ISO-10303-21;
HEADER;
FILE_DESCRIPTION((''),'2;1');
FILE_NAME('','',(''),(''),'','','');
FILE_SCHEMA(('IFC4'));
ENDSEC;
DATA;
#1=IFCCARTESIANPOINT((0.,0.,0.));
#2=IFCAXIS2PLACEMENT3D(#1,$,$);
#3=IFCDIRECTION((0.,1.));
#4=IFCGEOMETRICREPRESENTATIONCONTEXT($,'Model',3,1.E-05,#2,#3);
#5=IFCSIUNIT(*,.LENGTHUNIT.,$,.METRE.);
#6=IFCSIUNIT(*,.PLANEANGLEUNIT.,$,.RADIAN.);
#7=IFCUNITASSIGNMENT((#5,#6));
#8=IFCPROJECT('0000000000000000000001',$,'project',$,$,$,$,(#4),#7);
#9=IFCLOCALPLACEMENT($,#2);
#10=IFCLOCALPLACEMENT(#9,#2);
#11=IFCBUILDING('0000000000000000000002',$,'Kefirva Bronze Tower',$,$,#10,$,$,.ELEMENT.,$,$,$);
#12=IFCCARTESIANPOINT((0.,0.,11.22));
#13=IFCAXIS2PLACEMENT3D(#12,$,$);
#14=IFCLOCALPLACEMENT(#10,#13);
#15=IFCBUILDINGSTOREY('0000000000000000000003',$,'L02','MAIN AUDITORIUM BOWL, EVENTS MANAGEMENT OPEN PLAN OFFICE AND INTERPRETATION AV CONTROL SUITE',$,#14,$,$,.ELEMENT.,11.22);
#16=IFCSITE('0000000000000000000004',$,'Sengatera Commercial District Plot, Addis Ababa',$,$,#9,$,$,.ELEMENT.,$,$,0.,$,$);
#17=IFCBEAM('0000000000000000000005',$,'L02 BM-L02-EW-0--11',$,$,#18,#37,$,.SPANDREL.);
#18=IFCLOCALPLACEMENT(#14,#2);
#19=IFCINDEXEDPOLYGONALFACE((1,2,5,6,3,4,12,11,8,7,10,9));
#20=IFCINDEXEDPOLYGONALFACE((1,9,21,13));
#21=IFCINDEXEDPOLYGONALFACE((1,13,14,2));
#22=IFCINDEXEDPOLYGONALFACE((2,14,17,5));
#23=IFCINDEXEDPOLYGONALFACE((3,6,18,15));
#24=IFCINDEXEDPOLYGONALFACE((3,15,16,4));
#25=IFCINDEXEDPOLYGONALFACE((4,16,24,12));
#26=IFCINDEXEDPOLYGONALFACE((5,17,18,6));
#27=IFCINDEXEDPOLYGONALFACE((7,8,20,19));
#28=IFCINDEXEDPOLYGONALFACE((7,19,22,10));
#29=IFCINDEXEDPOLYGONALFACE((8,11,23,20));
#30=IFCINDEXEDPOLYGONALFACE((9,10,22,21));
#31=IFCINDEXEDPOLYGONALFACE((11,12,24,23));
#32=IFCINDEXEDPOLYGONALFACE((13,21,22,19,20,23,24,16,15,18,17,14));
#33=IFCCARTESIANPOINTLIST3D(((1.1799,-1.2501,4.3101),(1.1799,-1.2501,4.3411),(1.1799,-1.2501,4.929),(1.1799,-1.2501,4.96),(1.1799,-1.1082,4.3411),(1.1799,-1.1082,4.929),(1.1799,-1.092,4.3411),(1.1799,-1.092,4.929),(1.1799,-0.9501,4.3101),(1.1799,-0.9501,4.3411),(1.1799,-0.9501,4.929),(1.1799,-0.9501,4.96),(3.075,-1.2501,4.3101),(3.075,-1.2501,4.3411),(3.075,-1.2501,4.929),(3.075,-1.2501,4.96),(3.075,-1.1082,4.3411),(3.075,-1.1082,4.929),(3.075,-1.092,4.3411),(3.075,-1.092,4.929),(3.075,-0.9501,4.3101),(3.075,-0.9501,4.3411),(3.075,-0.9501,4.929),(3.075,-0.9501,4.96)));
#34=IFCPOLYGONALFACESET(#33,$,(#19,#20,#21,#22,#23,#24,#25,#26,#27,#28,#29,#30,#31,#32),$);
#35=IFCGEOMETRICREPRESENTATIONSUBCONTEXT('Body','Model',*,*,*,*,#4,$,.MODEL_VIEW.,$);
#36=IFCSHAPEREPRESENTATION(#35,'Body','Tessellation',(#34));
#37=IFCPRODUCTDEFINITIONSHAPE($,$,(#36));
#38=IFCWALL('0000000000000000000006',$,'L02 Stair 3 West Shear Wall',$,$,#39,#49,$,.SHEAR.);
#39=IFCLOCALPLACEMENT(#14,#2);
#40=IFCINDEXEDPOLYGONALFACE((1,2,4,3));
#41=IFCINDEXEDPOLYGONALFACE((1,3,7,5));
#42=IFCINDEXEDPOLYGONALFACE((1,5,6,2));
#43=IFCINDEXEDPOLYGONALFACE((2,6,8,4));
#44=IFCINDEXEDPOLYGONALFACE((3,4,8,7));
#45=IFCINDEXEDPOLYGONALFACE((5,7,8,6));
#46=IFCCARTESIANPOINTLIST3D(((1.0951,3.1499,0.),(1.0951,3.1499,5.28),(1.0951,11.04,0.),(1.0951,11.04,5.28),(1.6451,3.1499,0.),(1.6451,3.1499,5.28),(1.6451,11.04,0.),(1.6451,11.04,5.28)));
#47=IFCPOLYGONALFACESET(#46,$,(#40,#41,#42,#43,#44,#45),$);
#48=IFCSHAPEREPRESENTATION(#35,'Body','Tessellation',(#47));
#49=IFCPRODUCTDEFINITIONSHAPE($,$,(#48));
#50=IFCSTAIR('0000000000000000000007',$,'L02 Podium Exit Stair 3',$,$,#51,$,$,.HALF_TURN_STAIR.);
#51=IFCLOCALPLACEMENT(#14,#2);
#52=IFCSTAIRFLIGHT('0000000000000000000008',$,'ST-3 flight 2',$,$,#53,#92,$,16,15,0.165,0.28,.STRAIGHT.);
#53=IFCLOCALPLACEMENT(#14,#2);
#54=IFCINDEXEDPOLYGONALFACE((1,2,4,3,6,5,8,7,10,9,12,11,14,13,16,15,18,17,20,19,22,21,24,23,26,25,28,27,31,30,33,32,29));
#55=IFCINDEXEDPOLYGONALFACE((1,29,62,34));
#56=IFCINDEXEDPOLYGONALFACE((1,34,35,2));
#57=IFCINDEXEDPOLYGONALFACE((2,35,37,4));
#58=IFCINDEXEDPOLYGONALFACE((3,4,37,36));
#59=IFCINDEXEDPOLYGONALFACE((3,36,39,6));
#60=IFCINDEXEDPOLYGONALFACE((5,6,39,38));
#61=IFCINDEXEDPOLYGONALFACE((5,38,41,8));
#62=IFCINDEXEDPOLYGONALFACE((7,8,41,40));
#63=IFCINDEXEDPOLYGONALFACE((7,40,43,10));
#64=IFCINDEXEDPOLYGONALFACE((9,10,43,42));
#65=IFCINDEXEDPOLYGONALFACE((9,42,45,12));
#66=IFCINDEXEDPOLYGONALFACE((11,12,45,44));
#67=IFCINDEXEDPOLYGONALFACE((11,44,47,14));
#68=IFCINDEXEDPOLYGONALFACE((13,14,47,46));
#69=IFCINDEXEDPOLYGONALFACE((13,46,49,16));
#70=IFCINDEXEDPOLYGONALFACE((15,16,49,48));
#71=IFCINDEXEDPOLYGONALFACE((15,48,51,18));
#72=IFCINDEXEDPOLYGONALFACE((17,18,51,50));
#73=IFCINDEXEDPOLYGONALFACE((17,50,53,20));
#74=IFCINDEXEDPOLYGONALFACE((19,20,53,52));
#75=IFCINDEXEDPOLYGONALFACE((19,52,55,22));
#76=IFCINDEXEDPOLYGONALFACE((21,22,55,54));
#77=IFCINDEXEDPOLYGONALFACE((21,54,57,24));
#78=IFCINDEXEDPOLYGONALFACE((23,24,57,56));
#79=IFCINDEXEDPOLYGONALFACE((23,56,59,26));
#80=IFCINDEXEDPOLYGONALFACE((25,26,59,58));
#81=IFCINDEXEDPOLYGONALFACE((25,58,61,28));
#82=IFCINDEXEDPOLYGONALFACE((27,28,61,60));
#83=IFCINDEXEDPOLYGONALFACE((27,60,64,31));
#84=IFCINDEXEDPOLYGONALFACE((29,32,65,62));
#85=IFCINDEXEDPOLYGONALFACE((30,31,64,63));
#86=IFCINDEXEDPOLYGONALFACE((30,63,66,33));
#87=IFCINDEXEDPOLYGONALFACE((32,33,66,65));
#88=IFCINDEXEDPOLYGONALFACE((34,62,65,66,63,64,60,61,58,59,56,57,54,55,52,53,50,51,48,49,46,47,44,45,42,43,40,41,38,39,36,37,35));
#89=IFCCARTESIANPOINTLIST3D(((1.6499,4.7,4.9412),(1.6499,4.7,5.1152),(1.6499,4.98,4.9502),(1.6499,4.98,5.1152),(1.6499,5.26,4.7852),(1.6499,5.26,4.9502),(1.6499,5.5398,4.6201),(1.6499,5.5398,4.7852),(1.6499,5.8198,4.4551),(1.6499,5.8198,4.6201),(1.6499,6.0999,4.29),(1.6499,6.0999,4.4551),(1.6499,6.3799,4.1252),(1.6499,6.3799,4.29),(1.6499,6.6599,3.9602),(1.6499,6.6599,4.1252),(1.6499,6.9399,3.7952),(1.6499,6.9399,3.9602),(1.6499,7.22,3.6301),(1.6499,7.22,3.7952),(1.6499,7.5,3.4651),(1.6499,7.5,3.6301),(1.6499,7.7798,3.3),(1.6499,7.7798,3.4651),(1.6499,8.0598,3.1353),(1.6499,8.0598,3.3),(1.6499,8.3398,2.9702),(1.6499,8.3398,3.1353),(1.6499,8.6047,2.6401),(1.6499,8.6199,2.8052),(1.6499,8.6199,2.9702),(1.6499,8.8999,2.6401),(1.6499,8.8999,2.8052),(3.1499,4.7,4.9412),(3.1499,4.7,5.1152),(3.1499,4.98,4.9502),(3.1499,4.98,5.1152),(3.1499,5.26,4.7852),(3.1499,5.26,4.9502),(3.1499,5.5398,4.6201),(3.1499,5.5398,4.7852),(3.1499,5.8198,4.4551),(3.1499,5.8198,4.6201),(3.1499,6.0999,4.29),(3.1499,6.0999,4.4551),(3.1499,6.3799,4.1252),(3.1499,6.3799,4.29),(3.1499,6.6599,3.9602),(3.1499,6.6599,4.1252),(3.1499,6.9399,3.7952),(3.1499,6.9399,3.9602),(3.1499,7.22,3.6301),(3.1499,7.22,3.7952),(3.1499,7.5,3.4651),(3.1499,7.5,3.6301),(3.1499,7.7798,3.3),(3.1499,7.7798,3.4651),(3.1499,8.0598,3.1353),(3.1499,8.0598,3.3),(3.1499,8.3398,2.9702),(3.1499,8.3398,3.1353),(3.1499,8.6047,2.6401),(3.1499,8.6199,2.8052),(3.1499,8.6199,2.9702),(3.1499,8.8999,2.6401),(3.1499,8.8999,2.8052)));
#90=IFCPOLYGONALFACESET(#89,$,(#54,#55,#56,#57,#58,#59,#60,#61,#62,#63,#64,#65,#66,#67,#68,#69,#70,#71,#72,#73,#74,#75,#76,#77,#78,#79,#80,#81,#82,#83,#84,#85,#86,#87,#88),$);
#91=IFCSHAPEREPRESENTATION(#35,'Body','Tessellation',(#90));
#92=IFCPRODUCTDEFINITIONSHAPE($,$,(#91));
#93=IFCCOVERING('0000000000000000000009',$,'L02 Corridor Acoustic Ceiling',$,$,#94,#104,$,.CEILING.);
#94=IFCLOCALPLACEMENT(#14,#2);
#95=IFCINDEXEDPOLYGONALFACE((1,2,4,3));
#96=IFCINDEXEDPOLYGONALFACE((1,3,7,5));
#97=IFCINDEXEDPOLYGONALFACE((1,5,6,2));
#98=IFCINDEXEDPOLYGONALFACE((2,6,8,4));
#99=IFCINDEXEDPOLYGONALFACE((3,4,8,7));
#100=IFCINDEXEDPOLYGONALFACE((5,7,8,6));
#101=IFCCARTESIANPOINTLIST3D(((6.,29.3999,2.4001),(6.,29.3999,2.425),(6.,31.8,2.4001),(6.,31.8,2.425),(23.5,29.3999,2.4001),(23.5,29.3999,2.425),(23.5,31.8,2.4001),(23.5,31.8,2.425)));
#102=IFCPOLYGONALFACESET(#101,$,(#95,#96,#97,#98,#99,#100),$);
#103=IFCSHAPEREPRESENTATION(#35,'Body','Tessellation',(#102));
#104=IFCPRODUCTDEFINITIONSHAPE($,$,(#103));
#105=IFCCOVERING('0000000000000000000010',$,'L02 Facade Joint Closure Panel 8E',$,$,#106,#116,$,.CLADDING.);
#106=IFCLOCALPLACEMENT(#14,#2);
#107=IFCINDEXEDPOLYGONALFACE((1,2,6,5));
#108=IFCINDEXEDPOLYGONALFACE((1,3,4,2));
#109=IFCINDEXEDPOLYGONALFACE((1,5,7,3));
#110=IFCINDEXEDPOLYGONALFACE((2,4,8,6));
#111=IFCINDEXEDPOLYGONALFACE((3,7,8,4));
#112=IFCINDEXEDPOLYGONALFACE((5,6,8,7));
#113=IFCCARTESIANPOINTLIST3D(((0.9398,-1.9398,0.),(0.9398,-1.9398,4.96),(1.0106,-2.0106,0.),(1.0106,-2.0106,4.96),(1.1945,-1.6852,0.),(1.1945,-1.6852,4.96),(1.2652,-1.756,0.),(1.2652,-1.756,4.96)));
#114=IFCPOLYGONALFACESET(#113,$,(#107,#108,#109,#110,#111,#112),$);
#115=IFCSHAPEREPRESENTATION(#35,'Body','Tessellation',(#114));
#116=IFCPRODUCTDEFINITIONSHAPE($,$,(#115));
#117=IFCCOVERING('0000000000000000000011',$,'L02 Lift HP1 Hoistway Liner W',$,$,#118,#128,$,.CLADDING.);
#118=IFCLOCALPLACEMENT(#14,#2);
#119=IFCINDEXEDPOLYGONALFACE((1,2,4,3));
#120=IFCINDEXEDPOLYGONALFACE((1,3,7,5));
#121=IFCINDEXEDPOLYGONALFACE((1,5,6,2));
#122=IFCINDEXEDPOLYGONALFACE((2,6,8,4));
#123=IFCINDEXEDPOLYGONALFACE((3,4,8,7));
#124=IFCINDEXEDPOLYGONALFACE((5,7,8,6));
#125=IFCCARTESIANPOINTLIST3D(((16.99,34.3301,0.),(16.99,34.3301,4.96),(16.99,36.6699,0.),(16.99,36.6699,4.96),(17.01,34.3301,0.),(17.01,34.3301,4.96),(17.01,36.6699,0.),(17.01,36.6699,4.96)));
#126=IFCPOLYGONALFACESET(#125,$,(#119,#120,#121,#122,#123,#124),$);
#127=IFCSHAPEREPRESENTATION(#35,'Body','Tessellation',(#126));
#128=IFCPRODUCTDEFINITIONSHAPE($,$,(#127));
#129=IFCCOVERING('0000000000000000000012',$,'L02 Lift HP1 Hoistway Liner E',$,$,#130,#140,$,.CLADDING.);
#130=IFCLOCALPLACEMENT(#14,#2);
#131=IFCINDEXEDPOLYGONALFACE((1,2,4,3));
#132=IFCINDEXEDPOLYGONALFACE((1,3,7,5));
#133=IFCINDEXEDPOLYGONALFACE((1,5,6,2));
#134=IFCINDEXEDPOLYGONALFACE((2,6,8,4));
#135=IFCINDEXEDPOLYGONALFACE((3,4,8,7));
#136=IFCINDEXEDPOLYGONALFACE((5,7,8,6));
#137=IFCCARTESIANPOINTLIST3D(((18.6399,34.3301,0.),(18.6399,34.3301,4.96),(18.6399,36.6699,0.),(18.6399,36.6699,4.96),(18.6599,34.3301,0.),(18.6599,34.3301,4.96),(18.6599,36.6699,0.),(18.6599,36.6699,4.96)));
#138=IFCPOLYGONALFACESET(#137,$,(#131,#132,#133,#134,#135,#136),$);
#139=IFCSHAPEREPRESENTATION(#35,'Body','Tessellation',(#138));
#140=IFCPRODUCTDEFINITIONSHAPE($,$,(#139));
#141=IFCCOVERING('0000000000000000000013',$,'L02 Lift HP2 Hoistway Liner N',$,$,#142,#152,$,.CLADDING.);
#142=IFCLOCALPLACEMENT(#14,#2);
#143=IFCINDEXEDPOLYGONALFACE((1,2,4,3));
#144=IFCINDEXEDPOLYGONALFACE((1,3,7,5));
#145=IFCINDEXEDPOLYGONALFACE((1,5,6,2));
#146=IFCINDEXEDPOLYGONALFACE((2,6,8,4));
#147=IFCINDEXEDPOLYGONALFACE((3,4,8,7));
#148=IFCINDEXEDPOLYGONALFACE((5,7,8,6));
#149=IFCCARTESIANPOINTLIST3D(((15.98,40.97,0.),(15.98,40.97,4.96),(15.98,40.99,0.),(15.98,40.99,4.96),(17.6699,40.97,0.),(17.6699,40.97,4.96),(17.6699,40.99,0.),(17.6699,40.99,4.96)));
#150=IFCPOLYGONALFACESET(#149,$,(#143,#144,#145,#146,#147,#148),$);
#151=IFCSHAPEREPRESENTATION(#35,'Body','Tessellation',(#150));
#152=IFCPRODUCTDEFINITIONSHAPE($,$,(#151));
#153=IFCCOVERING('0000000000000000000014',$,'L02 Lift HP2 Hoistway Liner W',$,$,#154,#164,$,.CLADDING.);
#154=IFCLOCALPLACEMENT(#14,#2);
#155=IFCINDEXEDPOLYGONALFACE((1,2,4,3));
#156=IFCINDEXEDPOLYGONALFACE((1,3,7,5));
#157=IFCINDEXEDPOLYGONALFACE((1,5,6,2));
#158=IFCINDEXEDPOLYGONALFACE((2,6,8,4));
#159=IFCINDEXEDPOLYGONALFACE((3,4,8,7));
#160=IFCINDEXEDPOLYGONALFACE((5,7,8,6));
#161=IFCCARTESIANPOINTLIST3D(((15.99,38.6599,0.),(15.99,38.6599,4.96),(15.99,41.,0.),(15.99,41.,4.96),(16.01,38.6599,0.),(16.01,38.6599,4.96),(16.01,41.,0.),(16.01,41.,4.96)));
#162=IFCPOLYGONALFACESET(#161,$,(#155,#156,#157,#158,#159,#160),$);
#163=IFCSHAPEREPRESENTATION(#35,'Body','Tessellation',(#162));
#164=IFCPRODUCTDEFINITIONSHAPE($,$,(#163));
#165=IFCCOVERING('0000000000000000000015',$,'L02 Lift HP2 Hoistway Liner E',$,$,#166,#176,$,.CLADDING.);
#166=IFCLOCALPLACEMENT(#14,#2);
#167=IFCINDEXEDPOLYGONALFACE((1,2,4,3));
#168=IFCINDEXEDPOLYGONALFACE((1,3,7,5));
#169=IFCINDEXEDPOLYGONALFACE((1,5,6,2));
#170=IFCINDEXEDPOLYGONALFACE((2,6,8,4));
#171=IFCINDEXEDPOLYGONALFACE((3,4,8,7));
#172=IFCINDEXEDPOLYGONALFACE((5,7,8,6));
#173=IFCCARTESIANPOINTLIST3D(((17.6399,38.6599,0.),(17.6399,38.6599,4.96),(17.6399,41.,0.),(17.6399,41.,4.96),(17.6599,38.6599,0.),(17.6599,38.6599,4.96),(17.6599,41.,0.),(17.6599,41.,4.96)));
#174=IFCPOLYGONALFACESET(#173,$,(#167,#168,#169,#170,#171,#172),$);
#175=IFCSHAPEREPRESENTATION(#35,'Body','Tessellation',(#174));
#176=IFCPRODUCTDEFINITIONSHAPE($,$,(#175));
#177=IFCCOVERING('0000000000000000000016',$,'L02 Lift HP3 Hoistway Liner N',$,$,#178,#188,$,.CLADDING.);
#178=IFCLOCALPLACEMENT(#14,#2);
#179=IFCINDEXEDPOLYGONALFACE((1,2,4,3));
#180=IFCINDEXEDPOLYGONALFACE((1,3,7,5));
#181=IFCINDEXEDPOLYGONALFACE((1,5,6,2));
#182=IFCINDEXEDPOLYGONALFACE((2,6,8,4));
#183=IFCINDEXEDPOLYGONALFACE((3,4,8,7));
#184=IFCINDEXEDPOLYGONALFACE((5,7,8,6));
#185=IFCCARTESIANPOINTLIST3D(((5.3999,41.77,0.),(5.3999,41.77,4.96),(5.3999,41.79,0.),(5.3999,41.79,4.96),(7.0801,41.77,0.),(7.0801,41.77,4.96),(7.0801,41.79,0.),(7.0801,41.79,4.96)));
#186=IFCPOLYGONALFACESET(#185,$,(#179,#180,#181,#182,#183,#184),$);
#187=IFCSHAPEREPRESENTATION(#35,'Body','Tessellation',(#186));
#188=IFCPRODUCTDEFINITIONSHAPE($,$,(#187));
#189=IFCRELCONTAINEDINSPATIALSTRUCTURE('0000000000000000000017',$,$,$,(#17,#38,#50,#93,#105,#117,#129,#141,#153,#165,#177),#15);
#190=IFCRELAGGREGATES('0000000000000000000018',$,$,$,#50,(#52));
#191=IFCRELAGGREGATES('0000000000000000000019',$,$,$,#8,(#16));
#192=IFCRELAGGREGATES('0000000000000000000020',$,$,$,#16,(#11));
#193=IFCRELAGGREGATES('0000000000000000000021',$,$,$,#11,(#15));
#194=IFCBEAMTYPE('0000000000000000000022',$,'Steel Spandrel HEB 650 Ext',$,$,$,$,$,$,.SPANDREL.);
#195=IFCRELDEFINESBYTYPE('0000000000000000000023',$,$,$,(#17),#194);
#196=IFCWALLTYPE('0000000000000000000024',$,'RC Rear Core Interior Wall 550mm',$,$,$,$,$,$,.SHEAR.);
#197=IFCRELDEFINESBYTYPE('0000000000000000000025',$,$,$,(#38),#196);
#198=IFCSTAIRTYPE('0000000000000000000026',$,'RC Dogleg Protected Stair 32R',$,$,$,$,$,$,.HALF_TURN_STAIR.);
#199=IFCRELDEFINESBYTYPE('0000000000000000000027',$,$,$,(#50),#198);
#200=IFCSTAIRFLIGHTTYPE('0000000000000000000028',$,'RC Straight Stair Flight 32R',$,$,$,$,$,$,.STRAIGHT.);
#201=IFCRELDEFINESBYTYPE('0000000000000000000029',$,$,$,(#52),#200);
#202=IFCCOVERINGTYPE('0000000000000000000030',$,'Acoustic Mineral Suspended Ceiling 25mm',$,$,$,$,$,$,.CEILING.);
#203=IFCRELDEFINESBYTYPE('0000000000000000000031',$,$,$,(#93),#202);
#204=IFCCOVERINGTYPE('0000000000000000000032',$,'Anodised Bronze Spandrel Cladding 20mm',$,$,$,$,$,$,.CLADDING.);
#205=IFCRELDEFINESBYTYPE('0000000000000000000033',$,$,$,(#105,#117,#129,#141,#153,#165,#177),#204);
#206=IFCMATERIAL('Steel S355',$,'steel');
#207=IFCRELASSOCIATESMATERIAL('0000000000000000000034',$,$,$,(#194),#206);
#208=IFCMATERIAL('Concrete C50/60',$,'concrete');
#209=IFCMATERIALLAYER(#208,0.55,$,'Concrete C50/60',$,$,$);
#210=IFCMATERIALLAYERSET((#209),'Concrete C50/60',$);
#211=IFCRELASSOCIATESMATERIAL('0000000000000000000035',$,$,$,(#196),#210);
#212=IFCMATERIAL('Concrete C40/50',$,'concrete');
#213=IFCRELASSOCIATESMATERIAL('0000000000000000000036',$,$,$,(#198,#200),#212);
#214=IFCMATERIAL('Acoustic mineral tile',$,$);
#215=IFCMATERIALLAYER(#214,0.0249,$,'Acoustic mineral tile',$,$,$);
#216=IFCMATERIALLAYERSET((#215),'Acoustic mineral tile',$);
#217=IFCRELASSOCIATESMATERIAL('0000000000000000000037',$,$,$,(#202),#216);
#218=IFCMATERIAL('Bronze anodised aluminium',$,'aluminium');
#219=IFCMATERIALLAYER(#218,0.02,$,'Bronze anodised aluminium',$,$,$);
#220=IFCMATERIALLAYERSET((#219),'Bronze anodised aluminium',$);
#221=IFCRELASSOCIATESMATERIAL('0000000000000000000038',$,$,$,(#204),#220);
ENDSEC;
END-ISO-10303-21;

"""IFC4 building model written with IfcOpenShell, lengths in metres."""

from ifc_helpers import new_model, si_unit, direction, frame, frame_2d, origin, origin_2d, place, context, subcontext, project, spatial, polyline, rectangle, i_section, outline, extrude, material, layer, layer_set, material_profile, profile_set, type_object, element, aggregate, save


model = new_model("IFC4")

# Units and contexts
model_context = context("Model", 3, precision=1e-05, world=origin(), true_north=direction((0.0, 1.0)))
body_context = subcontext(model_context, "Body", "Model", "MODEL_VIEW")
ifc_project = project(units=[si_unit("LENGTHUNIT", "METRE"), si_unit("PLANEANGLEUNIT", "RADIAN")], contexts=[model_context])

# Site, building, storey
site_placement = place(None, origin())
site = spatial("IfcSite", under=ifc_project, at=site_placement, Name="Sengatera Commercial District Plot, Addis Ababa", CompositionType="ELEMENT", RefElevation=0.0)
building_placement = place(site_placement, origin())
building = spatial("IfcBuilding", under=site, at=building_placement, Name="Kefirva Bronze Tower", CompositionType="ELEMENT")
storey_placement = place(building_placement, frame((0.0, 0.0, 11.22)))
storey = spatial("IfcBuildingStorey", under=building, at=storey_placement, Name="L02", Description="MAIN AUDITORIUM BOWL, EVENTS MANAGEMENT OPEN PLAN OFFICE AND INTERPRETATION AV CONTROL SUITE", CompositionType="ELEMENT", Elevation=11.22)

# Shared definitions
ifc_material_1 = material(Name="Bronze anodised aluminium", Category="aluminium")

# Beam
ifc_material_2 = material(Name="Concrete C50/60", Category="concrete")
ifc_material_3 = material(Name="Steel S355", Category="steel")
ifc_material_profile_1 = material_profile(ifc_material_3, i_section(OverallWidth=0.3, OverallDepth=0.6499, WebThickness=0.0161, FlangeThickness=0.031, at=origin_2d()), Name="HEB 650")
ifc_profile_set_1 = profile_set([ifc_material_profile_1], Name="Steel S355")
beam_type_1 = type_object("IfcBeamType", Name="Steel Spandrel HEB 650 Ext", PredefinedType="SPANDREL", material=ifc_profile_set_1)
beam_1_placement = place(storey_placement, frame((1.1799, -1.1001, 4.635), z_axis=(1.0, 0.0, 0.0), x_axis=(0.0, 1.0, 0.0)))
element("IfcBeam", 1, at=beam_1_placement, inside=storey, type_object=beam_type_1, Name="L02 BM-L02-EW-0--11", PredefinedType="SPANDREL", context=body_context, shape_type="SweptSolid", body=[
    extrude(i_section(OverallWidth=0.3, OverallDepth=0.6499, WebThickness=0.0161, FlangeThickness=0.031, at=origin_2d()), origin(), (0.0, 0.0, 1.0), 1.895),
])

# Wall
ifc_layer_1 = layer(ifc_material_2, 0.55, Name="Concrete C50/60")
ifc_layer_set_1 = layer_set([ifc_layer_1], Name="Concrete C50/60")
wall_type_1 = type_object("IfcWallType", Name="RC Rear Core Interior Wall 550mm", PredefinedType="SHEAR", material=ifc_layer_set_1)
wall_1_placement = place(storey_placement, frame((1.3701, 3.1499, 0.0), z_axis=(0.0, 0.0, 1.0), x_axis=(0.0, 1.0, 0.0)))
element("IfcWall", 2, at=wall_1_placement, inside=storey, type_object=wall_type_1, Name="L02 Stair 3 West Shear Wall", PredefinedType="SHEAR", context=body_context, shape_type="SweptSolid", body=[
    extrude(rectangle(XDim=7.8901, YDim=0.55, at=frame_2d((3.9451, 0.0))), origin(), (0.0, 0.0, 1.0), 5.28),
])

# Stair, stair flight
ifc_material_4 = material(Name="Concrete C40/50", Category="concrete")
stair_type = type_object("IfcStairType", Name="RC Dogleg Protected Stair 32R", PredefinedType="HALF_TURN_STAIR", material=ifc_material_4)
stair_placement = place(storey_placement, origin())
stair = element("IfcStair", 3, at=stair_placement, inside=storey, type_object=stair_type, Name="L02 Podium Exit Stair 3", PredefinedType="HALF_TURN_STAIR")
stair_flight_type = type_object("IfcStairFlightType", Name="RC Straight Stair Flight 32R", PredefinedType="STRAIGHT", material=ifc_material_4)
stair_flight_placement = place(storey_placement, frame((2.3999, 8.8999, 2.6401), z_axis=(0.0, 0.0, 1.0), x_axis=(0.0, -1.0, 0.0)))
stair_flight = element("IfcStairFlight", 4, at=stair_flight_placement, type_object=stair_flight_type, Name="ST-3 flight 2", NumberOfRisers=16, NumberOfTreads=15, PredefinedType="STRAIGHT", RiserHeight=0.165, TreadLength=0.28, context=body_context, shape_type="SweptSolid", body=[
    extrude(outline(polyline([(0.0, 0.0), (0.0, 0.165), (0.28, 0.165), (0.28, 0.3301), (0.5601, 0.3301), (0.5601, 0.4951), (0.8401, 0.4951), (0.8401, 0.6599), (1.1201, 0.6599), (1.1201, 0.825), (1.3999, 0.825), (1.3999, 0.99), (1.6799, 0.99), (1.6799, 1.155), (1.96, 1.155), (1.96, 1.3201), (2.24, 1.3201), (2.24, 1.4851), (2.52, 1.4851), (2.52, 1.6499), (2.8, 1.6499), (2.8, 1.8149), (3.0801, 1.8149), (3.0801, 1.98), (3.3601, 1.98), (3.3601, 2.145), (3.6399, 2.145), (3.6399, 2.3101), (3.9199, 2.3101), (3.9199, 2.4751), (4.2, 2.4751), (4.2, 2.6399), (4.2, 2.301), (0.2952, 0.0), (0.0, 0.0)])), frame((0.0, 0.75, 0.0), z_axis=(0.0, -1.0, 0.0), x_axis=(1.0, 0.0, 0.0)), (0.0, 0.0, 1.0), 1.5),
])
aggregate(stair, [stair_flight])

# Coverings
ifc_material_5 = material(Name="Acoustic mineral tile")
ifc_layer_2 = layer(ifc_material_5, 0.0249, Name="Acoustic mineral tile")
ifc_layer_set_2 = layer_set([ifc_layer_2], Name="Acoustic mineral tile")
covering_type_1 = type_object("IfcCoveringType", Name="Acoustic Mineral Suspended Ceiling 25mm", PredefinedType="CEILING", material=ifc_layer_set_2)
covering_1_placement = place(storey_placement, frame((0.0, 0.0, 2.4001)))
element("IfcCovering", 5, at=covering_1_placement, inside=storey, type_object=covering_type_1, Name="L02 Corridor Acoustic Ceiling", PredefinedType="CEILING", context=body_context, shape_type="SweptSolid", body=[
    extrude(outline(polyline([(6.0, 29.3999), (23.5, 29.3999), (23.5, 31.8), (6.0, 31.8), (6.0, 29.3999)])), origin(), (0.0, 0.0, 1.0), 0.0249),
])
ifc_layer_3 = layer(ifc_material_1, 0.02, Name="Bronze anodised aluminium")
ifc_layer_set_3 = layer_set([ifc_layer_3], Name="Bronze anodised aluminium")
covering_type_2 = type_object("IfcCoveringType", Name="Anodised Bronze Spandrel Cladding 20mm", PredefinedType="CLADDING", material=ifc_layer_set_3)
covering_2_placement = place(storey_placement, frame((1.1025, -1.8479, 0.0), z_axis=(0.0, 0.0, 1.0), x_axis=(0.707107, -0.707107, 0.0)))
element("IfcCovering", 6, at=covering_2_placement, inside=storey, type_object=covering_type_2, Name="L02 Facade Joint Closure Panel 8E", PredefinedType="CLADDING", context=body_context, shape_type="SweptSolid", body=[
    extrude(rectangle(XDim=0.1001, YDim=0.3601, at=origin_2d()), origin(), (0.0, 0.0, 1.0), 4.96),
])
covering_3_placement = place(storey_placement, origin())
element("IfcCovering", 7, at=covering_3_placement, inside=storey, type_object=covering_type_2, Name="L02 Lift HP1 Hoistway Liner W", PredefinedType="CLADDING", context=body_context, shape_type="SweptSolid", body=[
    extrude(outline(polyline([(16.99, 34.3301), (17.01, 34.3301), (17.01, 36.6699), (16.99, 36.6699), (16.99, 34.3301)])), origin(), (0.0, 0.0, 1.0), 4.96),
])
covering_4_placement = place(storey_placement, origin())
element("IfcCovering", 8, at=covering_4_placement, inside=storey, type_object=covering_type_2, Name="L02 Lift HP1 Hoistway Liner E", PredefinedType="CLADDING", context=body_context, shape_type="SweptSolid", body=[
    extrude(outline(polyline([(18.6399, 34.3301), (18.6599, 34.3301), (18.6599, 36.6699), (18.6399, 36.6699), (18.6399, 34.3301)])), origin(), (0.0, 0.0, 1.0), 4.96),
])
covering_5_placement = place(storey_placement, origin())
element("IfcCovering", 9, at=covering_5_placement, inside=storey, type_object=covering_type_2, Name="L02 Lift HP2 Hoistway Liner N", PredefinedType="CLADDING", context=body_context, shape_type="SweptSolid", body=[
    extrude(outline(polyline([(15.98, 40.97), (17.6699, 40.97), (17.6699, 40.99), (15.98, 40.99), (15.98, 40.97)])), origin(), (0.0, 0.0, 1.0), 4.96),
])
covering_6_placement = place(storey_placement, origin())
element("IfcCovering", 10, at=covering_6_placement, inside=storey, type_object=covering_type_2, Name="L02 Lift HP2 Hoistway Liner W", PredefinedType="CLADDING", context=body_context, shape_type="SweptSolid", body=[
    extrude(outline(polyline([(15.99, 38.6599), (16.01, 38.6599), (16.01, 41.0), (15.99, 41.0), (15.99, 38.6599)])), origin(), (0.0, 0.0, 1.0), 4.96),
])
covering_7_placement = place(storey_placement, origin())
element("IfcCovering", 11, at=covering_7_placement, inside=storey, type_object=covering_type_2, Name="L02 Lift HP2 Hoistway Liner E", PredefinedType="CLADDING", context=body_context, shape_type="SweptSolid", body=[
    extrude(outline(polyline([(17.6399, 38.6599), (17.6599, 38.6599), (17.6599, 41.0), (17.6399, 41.0), (17.6399, 38.6599)])), origin(), (0.0, 0.0, 1.0), 4.96),
])
covering_8_placement = place(storey_placement, origin())
element("IfcCovering", 12, at=covering_8_placement, inside=storey, type_object=covering_type_2, Name="L02 Lift HP3 Hoistway Liner N", PredefinedType="CLADDING", context=body_context, shape_type="SweptSolid", body=[
    extrude(outline(polyline([(5.3999, 41.77), (7.0801, 41.77), (7.0801, 41.79), (5.3999, 41.79), (5.3999, 41.77)])), origin(), (0.0, 0.0, 1.0), 4.96),
])

save(model, "model.ifc")
